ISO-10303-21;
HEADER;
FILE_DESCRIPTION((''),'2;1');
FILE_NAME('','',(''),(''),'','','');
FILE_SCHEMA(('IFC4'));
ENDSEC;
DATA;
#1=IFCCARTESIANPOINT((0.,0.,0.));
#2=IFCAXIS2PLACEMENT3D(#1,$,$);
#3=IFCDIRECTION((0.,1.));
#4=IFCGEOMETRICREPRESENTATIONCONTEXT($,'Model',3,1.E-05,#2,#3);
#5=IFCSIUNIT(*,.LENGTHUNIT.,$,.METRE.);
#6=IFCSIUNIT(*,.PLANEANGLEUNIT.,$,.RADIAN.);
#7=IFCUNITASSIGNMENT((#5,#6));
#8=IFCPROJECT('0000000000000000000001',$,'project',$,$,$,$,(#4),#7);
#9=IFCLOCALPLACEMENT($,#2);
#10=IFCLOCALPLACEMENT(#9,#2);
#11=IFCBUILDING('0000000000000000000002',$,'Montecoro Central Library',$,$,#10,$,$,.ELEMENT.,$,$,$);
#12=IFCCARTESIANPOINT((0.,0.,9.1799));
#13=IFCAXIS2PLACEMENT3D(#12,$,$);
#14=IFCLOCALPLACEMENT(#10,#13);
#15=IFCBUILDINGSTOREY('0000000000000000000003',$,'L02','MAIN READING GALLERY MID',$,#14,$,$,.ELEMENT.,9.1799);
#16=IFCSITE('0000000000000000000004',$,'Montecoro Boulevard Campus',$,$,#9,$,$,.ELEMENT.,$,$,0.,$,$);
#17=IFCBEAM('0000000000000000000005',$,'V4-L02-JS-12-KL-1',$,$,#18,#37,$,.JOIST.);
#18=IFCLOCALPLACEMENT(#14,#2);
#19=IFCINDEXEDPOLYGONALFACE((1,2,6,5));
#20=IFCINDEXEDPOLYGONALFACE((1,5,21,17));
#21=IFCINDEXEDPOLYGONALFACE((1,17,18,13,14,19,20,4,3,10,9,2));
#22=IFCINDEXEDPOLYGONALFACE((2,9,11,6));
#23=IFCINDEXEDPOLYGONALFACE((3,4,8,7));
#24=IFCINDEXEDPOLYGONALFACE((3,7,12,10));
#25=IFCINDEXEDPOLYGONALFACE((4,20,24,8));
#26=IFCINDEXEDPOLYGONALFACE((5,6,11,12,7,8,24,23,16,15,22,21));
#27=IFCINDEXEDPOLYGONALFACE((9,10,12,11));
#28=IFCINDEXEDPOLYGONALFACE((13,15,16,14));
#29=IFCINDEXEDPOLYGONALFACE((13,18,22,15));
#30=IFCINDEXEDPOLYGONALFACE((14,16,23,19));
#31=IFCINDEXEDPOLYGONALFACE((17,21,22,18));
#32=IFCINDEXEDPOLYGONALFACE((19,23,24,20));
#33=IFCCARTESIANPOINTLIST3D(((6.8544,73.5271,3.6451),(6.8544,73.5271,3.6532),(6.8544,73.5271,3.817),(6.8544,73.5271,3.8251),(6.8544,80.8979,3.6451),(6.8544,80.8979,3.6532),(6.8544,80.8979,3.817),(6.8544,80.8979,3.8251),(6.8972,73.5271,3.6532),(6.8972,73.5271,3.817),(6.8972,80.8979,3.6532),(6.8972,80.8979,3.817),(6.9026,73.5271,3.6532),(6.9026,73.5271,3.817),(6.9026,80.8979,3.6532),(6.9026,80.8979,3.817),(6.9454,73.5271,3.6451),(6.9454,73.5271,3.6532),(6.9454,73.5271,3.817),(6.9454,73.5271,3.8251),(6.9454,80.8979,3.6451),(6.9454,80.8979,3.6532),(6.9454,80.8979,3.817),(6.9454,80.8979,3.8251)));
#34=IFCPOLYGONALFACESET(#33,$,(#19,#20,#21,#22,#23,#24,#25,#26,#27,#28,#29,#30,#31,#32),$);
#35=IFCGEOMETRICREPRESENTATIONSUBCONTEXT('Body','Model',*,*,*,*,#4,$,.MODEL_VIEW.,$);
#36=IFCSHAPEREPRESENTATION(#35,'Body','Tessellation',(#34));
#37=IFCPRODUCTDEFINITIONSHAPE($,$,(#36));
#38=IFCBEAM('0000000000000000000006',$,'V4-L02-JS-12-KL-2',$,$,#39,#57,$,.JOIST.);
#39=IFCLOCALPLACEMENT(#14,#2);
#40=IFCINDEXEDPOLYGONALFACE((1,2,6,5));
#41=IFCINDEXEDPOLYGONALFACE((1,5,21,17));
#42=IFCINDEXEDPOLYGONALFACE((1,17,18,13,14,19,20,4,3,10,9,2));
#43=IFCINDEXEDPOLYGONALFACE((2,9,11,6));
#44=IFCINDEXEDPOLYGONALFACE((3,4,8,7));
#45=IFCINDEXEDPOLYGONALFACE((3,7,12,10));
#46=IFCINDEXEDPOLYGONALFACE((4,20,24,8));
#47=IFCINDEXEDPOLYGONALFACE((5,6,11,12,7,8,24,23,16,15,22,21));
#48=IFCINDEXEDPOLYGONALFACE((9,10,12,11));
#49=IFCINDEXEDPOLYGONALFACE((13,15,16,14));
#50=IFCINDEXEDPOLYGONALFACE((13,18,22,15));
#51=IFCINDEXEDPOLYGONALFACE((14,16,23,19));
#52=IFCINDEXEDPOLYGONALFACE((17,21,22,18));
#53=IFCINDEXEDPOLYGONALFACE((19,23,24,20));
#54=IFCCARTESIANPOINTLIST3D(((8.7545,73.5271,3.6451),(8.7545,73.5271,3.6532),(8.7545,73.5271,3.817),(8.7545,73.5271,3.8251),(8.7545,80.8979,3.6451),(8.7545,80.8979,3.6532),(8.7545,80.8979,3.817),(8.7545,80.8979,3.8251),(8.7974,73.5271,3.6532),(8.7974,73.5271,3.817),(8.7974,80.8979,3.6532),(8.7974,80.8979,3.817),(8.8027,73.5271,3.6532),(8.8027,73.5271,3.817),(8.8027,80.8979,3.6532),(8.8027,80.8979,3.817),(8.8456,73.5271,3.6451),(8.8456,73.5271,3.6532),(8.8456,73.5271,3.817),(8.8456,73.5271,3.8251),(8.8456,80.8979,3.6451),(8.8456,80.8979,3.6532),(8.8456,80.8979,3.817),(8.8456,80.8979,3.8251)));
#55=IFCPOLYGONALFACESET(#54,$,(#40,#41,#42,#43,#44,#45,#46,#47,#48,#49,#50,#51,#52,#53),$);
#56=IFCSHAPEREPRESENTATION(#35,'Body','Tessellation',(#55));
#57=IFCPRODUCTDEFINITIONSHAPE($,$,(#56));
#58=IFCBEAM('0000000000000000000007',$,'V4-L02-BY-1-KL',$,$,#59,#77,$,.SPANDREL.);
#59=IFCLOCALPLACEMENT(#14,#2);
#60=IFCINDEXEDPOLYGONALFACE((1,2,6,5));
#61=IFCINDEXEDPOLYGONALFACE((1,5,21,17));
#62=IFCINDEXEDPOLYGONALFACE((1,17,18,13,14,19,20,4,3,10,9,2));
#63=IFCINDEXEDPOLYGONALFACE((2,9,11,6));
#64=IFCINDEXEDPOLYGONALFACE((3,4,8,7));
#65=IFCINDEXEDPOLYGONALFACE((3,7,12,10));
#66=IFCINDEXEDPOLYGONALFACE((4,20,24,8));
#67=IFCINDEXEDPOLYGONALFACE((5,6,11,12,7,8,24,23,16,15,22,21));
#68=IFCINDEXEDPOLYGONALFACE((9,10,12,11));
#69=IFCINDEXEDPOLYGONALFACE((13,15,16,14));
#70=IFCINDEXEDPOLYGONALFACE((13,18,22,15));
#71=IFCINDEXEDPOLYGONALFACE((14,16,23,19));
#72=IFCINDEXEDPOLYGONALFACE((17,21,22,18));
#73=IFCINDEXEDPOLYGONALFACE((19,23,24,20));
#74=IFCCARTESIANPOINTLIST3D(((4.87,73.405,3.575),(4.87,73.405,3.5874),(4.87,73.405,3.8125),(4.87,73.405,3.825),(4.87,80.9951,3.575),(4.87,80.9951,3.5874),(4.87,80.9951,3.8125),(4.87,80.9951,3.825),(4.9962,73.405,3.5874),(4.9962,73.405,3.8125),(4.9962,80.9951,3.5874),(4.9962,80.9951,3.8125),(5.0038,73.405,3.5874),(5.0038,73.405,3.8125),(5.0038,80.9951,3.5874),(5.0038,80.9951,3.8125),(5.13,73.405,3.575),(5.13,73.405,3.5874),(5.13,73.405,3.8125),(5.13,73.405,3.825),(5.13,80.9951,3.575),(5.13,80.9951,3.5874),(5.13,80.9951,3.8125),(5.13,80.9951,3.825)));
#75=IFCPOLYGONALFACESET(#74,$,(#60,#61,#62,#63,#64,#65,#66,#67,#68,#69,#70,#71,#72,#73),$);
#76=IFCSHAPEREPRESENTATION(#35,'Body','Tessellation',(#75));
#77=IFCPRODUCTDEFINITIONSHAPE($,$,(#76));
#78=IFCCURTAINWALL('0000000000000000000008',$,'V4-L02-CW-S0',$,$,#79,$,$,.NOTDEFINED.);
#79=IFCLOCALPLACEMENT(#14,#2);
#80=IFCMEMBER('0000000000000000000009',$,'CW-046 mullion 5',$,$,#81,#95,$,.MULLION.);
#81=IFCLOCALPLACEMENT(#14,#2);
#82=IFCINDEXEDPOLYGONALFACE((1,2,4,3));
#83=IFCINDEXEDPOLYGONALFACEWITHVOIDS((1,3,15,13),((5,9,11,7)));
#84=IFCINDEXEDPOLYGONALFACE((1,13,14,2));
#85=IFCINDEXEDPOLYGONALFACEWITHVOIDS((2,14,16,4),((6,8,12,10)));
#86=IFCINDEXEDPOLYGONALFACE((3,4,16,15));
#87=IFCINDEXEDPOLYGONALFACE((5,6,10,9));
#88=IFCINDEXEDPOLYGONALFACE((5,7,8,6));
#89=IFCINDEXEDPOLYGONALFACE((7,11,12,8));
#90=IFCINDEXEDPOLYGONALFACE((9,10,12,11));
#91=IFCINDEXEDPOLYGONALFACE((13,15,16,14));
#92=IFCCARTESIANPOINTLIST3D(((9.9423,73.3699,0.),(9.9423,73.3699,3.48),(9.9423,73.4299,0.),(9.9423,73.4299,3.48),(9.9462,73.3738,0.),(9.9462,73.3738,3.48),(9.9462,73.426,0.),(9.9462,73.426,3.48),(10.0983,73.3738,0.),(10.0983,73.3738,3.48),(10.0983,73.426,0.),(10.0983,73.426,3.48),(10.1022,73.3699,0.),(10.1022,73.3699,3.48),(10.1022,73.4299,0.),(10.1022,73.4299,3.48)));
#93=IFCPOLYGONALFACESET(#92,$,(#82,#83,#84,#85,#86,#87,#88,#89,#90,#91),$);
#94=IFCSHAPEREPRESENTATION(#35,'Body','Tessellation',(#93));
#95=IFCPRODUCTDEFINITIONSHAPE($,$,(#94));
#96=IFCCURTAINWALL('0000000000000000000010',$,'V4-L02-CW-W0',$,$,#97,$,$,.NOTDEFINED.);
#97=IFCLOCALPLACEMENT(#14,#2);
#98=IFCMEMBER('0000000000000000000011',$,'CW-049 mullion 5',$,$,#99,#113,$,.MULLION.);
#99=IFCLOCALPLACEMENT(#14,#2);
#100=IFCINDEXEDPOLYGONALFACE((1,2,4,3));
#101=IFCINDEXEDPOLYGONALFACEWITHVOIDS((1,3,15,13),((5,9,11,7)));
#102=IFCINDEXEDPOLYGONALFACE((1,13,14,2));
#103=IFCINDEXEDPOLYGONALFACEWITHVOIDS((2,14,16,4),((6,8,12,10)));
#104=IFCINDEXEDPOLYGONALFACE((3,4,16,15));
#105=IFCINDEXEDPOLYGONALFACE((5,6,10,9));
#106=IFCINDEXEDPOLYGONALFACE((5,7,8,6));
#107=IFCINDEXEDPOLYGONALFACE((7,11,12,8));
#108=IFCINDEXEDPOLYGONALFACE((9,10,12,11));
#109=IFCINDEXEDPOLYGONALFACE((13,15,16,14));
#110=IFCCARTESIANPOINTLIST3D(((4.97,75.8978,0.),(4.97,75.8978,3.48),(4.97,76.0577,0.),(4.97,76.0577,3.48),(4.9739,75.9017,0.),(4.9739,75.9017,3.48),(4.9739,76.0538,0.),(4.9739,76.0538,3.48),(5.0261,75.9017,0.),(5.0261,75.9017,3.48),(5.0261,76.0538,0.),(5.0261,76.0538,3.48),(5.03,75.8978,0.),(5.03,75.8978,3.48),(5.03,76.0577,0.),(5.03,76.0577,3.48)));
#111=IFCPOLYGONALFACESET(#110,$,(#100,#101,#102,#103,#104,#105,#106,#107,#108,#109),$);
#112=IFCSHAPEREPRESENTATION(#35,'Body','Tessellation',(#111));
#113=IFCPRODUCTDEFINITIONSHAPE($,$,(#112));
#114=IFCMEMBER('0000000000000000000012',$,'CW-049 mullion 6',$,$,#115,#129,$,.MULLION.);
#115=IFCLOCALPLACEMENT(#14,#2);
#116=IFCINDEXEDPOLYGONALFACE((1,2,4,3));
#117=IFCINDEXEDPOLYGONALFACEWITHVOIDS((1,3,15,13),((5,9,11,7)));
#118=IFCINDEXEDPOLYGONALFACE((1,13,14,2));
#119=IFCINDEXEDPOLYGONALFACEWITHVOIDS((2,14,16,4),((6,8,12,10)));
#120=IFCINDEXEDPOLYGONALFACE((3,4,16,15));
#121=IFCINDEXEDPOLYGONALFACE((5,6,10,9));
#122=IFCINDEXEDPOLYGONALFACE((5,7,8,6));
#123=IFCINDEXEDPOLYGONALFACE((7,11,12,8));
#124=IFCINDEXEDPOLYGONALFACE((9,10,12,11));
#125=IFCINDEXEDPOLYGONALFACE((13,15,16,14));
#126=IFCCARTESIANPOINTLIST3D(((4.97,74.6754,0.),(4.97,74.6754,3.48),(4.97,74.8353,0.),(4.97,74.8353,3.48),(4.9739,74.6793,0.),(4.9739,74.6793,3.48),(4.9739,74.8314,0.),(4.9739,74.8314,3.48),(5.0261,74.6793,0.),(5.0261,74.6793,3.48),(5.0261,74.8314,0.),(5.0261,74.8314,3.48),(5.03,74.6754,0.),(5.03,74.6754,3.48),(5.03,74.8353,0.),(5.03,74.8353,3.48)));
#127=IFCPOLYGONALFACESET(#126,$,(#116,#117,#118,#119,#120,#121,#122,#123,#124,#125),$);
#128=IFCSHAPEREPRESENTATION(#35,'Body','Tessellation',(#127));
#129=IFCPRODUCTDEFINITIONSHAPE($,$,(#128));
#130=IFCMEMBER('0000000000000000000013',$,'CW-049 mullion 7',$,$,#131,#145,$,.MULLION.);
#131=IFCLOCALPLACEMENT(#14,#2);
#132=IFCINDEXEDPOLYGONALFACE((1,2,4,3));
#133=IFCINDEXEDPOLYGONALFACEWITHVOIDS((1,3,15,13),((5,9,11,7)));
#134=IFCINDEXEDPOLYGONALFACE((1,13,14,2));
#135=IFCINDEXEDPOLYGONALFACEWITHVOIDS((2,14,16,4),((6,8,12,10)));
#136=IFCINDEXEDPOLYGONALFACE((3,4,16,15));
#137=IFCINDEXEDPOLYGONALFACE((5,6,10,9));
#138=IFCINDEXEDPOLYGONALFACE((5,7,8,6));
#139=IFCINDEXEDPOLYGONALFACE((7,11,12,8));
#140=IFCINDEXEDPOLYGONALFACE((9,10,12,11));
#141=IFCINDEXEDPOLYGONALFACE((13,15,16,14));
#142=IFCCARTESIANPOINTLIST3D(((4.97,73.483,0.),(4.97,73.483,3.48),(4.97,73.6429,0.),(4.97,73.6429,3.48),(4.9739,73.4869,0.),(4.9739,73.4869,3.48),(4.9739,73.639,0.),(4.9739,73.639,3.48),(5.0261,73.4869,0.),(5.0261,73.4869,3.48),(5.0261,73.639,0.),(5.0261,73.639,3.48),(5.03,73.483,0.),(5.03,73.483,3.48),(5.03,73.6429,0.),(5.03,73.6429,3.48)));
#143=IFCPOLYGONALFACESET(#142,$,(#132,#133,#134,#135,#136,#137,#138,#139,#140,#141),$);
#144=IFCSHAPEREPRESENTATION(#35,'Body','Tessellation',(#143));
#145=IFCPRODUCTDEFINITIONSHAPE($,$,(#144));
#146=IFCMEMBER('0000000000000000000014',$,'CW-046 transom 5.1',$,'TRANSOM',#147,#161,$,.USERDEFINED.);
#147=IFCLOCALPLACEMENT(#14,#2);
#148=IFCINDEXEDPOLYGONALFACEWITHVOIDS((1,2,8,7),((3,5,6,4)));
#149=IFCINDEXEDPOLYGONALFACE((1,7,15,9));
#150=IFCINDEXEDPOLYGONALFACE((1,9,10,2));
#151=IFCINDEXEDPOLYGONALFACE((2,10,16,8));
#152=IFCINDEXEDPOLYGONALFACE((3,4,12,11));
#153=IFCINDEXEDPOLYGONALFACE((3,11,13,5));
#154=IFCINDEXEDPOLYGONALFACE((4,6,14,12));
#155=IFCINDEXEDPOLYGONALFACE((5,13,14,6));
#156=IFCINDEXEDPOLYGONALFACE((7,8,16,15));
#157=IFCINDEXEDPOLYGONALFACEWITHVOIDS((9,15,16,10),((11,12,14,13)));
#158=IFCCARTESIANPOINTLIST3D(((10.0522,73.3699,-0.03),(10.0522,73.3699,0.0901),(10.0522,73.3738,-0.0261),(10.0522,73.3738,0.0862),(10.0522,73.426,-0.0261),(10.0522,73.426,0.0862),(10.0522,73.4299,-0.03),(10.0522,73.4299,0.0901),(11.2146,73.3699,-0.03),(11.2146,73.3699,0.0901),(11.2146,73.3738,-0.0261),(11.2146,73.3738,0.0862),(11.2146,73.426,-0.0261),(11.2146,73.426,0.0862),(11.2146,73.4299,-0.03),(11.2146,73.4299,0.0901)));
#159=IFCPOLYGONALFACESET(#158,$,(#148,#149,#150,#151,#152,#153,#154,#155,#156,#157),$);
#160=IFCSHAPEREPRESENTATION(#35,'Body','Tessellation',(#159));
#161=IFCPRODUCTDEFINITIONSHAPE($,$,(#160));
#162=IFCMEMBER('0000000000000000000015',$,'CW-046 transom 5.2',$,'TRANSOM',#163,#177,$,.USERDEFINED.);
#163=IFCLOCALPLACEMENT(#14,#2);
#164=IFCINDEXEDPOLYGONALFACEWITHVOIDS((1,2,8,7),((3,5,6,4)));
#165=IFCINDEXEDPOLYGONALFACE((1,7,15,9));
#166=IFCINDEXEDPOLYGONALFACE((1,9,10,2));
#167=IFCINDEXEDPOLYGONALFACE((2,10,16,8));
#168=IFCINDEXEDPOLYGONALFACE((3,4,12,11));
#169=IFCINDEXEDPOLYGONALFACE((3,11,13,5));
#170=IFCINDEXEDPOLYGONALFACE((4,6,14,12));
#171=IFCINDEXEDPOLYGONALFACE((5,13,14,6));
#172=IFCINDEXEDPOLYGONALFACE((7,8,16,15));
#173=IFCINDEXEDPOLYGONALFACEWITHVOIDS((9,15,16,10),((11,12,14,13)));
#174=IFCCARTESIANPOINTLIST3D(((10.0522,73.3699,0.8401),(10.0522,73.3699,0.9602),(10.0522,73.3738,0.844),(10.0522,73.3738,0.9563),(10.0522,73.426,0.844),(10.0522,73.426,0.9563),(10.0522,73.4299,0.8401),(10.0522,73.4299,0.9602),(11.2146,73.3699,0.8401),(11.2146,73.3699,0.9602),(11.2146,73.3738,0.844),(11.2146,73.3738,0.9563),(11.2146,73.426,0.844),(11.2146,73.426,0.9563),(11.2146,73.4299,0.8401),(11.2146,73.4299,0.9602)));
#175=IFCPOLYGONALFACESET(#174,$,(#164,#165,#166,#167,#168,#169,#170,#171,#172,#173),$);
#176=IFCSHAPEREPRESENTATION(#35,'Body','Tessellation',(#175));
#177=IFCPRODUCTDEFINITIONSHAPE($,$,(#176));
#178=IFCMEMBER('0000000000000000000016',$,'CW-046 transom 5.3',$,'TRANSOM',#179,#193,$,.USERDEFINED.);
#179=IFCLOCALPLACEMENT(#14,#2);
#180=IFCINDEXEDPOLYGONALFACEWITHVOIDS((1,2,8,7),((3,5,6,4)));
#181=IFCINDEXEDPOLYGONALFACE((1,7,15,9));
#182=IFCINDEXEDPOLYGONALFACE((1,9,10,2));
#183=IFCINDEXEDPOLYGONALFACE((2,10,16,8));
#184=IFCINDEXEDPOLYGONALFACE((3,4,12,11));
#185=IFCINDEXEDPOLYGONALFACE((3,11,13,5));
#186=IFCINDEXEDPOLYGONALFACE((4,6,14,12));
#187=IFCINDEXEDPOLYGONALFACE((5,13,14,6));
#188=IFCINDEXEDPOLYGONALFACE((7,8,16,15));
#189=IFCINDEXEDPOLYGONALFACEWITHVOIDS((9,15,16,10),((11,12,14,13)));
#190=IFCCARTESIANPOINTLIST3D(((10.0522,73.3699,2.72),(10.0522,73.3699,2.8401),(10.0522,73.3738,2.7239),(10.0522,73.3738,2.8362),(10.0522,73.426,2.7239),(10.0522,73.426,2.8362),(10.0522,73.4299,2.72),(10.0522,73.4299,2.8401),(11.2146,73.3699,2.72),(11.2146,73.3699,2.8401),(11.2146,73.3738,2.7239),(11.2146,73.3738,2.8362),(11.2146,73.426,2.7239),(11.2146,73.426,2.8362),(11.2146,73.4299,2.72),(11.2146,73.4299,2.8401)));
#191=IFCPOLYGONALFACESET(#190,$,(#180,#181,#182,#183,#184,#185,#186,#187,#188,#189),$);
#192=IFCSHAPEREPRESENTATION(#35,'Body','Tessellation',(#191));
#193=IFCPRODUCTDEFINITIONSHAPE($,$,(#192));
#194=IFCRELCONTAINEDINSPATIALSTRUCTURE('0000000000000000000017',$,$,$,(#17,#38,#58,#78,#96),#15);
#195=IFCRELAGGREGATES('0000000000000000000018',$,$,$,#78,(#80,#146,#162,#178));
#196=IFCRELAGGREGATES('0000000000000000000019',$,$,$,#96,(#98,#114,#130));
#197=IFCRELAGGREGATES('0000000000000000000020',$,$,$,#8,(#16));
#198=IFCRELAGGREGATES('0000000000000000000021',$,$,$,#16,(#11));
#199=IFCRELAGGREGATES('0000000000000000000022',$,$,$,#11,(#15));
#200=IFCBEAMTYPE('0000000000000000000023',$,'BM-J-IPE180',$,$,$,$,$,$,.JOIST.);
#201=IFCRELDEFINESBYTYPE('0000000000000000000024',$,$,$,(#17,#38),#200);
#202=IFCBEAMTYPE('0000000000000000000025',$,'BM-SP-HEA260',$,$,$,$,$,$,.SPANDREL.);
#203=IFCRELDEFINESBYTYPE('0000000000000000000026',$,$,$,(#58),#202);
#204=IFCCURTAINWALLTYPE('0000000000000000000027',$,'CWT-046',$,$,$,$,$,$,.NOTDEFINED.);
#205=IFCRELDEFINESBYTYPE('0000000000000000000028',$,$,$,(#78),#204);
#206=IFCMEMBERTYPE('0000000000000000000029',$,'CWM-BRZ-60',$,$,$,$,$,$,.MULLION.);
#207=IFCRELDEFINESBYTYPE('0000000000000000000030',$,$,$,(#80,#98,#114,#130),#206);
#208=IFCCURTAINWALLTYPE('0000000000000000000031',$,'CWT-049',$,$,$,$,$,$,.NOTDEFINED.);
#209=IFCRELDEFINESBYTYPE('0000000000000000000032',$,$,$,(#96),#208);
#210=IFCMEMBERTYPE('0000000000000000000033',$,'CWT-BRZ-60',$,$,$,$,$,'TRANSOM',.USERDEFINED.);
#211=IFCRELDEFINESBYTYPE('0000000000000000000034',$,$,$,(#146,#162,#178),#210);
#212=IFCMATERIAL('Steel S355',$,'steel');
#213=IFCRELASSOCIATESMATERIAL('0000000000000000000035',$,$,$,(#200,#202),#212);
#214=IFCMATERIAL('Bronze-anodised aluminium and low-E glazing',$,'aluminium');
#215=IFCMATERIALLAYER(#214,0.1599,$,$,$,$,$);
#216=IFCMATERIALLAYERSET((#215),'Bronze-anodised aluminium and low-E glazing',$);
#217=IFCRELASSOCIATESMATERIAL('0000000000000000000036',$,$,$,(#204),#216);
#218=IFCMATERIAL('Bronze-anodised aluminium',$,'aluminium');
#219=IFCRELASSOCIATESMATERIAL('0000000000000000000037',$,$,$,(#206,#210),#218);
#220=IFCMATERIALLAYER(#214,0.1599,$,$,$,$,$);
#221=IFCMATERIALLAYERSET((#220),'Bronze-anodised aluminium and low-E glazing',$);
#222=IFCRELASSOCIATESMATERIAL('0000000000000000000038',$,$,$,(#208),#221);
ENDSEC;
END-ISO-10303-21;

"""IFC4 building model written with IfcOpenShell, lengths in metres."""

from ifc_helpers import new_model, si_unit, direction, frame, origin, origin_2d, place, context, subcontext, project, spatial, hollow_rectangle, i_section, extrude, material, layer, layer_set, material_profile, profile_set, type_object, element, aggregate, save


model = new_model("IFC4")

# Units and contexts
model_context = context("Model", 3, precision=1e-05, world=origin(), true_north=direction((0.0, 1.0)))
body_context = subcontext(model_context, "Body", "Model", "MODEL_VIEW")
ifc_project = project(units=[si_unit("LENGTHUNIT", "METRE"), si_unit("PLANEANGLEUNIT", "RADIAN")], contexts=[model_context])

# Site, building, storey
site_placement = place(None, origin())
site = spatial("IfcSite", under=ifc_project, at=site_placement, Name="Montecoro Boulevard Campus", CompositionType="ELEMENT", RefElevation=0.0)
building_placement = place(site_placement, origin())
building = spatial("IfcBuilding", under=site, at=building_placement, Name="Montecoro Central Library", CompositionType="ELEMENT")
storey_placement = place(building_placement, frame((0.0, 0.0, 9.1799)))
storey = spatial("IfcBuildingStorey", under=building, at=storey_placement, Name="L02", Description="MAIN READING GALLERY MID", CompositionType="ELEMENT", Elevation=9.1799)

# Beams
ifc_material_1 = material(Name="Steel S355", Category="steel")
ifc_material_profile_1 = material_profile(ifc_material_1, i_section(OverallWidth=0.0911, OverallDepth=0.1799, WebThickness=0.0054, FlangeThickness=0.0081, at=origin_2d()), Name="IPE 180")
ifc_profile_set_1 = profile_set([ifc_material_profile_1], Name="Steel S355")
beam_type_1 = type_object("IfcBeamType", Name="BM-J-IPE180", PredefinedType="JOIST", material=ifc_profile_set_1)
for number, where, z_axis, x_axis, name in (
    (1, (6.8999, 73.5271, 3.7351), (0.0, 1.0, 0.0), (-1.0, 0.0, 0.0), "V4-L02-JS-12-KL-1"),
    (2, (8.8, 73.5271, 3.7351), (0.0, 1.0, 0.0), (-1.0, 0.0, 0.0), "V4-L02-JS-12-KL-2"),
):
    element("IfcBeam", number, at=place(storey_placement, frame(where, z_axis=z_axis, x_axis=x_axis)), inside=storey, type_object=beam_type_1, Name=name, PredefinedType="JOIST", context=body_context, shape_type="SweptSolid", body=[
        extrude(i_section(OverallWidth=0.0911, OverallDepth=0.1799, WebThickness=0.0054, FlangeThickness=0.0081, at=origin_2d()), origin(), (0.0, 0.0, 1.0), 7.3708),
    ])
ifc_material_profile_2 = material_profile(ifc_material_1, i_section(OverallWidth=0.26, OverallDepth=0.25, WebThickness=0.0076, FlangeThickness=0.0125, at=origin_2d()), Name="HEA 260")
ifc_profile_set_2 = profile_set([ifc_material_profile_2], Name="Steel S355")
beam_type_2 = type_object("IfcBeamType", Name="BM-SP-HEA260", PredefinedType="SPANDREL", material=ifc_profile_set_2)
beam_placement = place(storey_placement, frame((5.0, 73.405, 3.7), z_axis=(0.0, 1.0, 0.0), x_axis=(-1.0, 0.0, 0.0)))
element("IfcBeam", 3, at=beam_placement, inside=storey, type_object=beam_type_2, Name="V4-L02-BY-1-KL", PredefinedType="SPANDREL", context=body_context, shape_type="SweptSolid", body=[
    extrude(i_section(OverallWidth=0.26, OverallDepth=0.25, WebThickness=0.0076, FlangeThickness=0.0125, at=origin_2d()), origin(), (0.0, 0.0, 1.0), 7.5901),
])

# Curtain wall, member
ifc_material_2 = material(Name="Bronze-anodised aluminium and low-E glazing", Category="aluminium")
ifc_layer_1 = layer(ifc_material_2, 0.1599)
ifc_layer_set_1 = layer_set([ifc_layer_1], Name="Bronze-anodised aluminium and low-E glazing")
curtain_wall_type_1 = type_object("IfcCurtainWallType", Name="CWT-046", PredefinedType="NOTDEFINED", material=ifc_layer_set_1)
curtain_wall_1_placement = place(storey_placement, origin())
curtain_wall_1 = element("IfcCurtainWall", 4, at=curtain_wall_1_placement, inside=storey, type_object=curtain_wall_type_1, Name="V4-L02-CW-S0", PredefinedType="NOTDEFINED")
ifc_material_3 = material(Name="Bronze-anodised aluminium", Category="aluminium")
ifc_material_profile_3 = material_profile(ifc_material_3, hollow_rectangle(XDim=0.0601, YDim=0.1599, WallThickness=0.0039, at=origin_2d()), Name="CWM 160x60x4.0")
ifc_profile_set_3 = profile_set([ifc_material_profile_3], Name="Bronze-anodised aluminium")
member_type_1 = type_object("IfcMemberType", Name="CWM-BRZ-60", PredefinedType="MULLION", material=ifc_profile_set_3)
member_1_placement = place(storey_placement, frame((10.0222, 73.3999, 0.0), z_axis=(0.0, 0.0, 1.0), x_axis=(0.0, 1.0, 0.0)))
member_1 = element("IfcMember", 5, at=member_1_placement, type_object=member_type_1, Name="CW-046 mullion 5", PredefinedType="MULLION", context=body_context, shape_type="SweptSolid", body=[
    extrude(hollow_rectangle(XDim=0.0601, YDim=0.1599, WallThickness=0.0039, at=origin_2d()), origin(), (0.0, 0.0, 1.0), 3.48),
])

# Curtain wall, members
ifc_layer_2 = layer(ifc_material_2, 0.1599)
ifc_layer_set_2 = layer_set([ifc_layer_2], Name="Bronze-anodised aluminium and low-E glazing")
curtain_wall_type_2 = type_object("IfcCurtainWallType", Name="CWT-049", PredefinedType="NOTDEFINED", material=ifc_layer_set_2)
curtain_wall_2_placement = place(storey_placement, origin())
curtain_wall_2 = element("IfcCurtainWall", 6, at=curtain_wall_2_placement, inside=storey, type_object=curtain_wall_type_2, Name="V4-L02-CW-W0", PredefinedType="NOTDEFINED")
member_2_placement = place(storey_placement, frame((5.0, 75.9778, 0.0), z_axis=(0.0, 0.0, 1.0), x_axis=(1.0, 0.0, 0.0)))
member_2 = element("IfcMember", 7, at=member_2_placement, type_object=member_type_1, Name="CW-049 mullion 5", PredefinedType="MULLION", context=body_context, shape_type="SweptSolid", body=[
    extrude(hollow_rectangle(XDim=0.0601, YDim=0.1599, WallThickness=0.0039, at=origin_2d()), origin(), (0.0, 0.0, 1.0), 3.48),
])
member_3_placement = place(storey_placement, frame((5.0, 74.7554, 0.0), z_axis=(0.0, 0.0, 1.0), x_axis=(1.0, 0.0, 0.0)))
member_3 = element("IfcMember", 8, at=member_3_placement, type_object=member_type_1, Name="CW-049 mullion 6", PredefinedType="MULLION", context=body_context, shape_type="SweptSolid", body=[
    extrude(hollow_rectangle(XDim=0.0601, YDim=0.1599, WallThickness=0.0039, at=origin_2d()), origin(), (0.0, 0.0, 1.0), 3.48),
])
member_4_placement = place(storey_placement, frame((5.0, 73.563, 0.0), z_axis=(0.0, 0.0, 1.0), x_axis=(1.0, 0.0, 0.0)))
member_4 = element("IfcMember", 9, at=member_4_placement, type_object=member_type_1, Name="CW-049 mullion 7", PredefinedType="MULLION", context=body_context, shape_type="SweptSolid", body=[
    extrude(hollow_rectangle(XDim=0.0601, YDim=0.1599, WallThickness=0.0039, at=origin_2d()), origin(), (0.0, 0.0, 1.0), 3.48),
])

# Members
ifc_material_profile_4 = material_profile(ifc_material_3, hollow_rectangle(XDim=0.0601, YDim=0.1201, WallThickness=0.0039, at=origin_2d()), Name="CWT 120x60x4.0")
ifc_profile_set_4 = profile_set([ifc_material_profile_4], Name="Bronze-anodised aluminium")
member_type_2 = type_object("IfcMemberType", Name="CWT-BRZ-60", ElementType="TRANSOM", PredefinedType="USERDEFINED", material=ifc_profile_set_4)
member_5_placement = place(storey_placement, frame((10.0522, 73.3999, 0.03), z_axis=(1.0, 0.0, 0.0), x_axis=(0.0, 1.0, 0.0)))
member_5 = element("IfcMember", 10, at=member_5_placement, type_object=member_type_2, Name="CW-046 transom 5.1", ObjectType="TRANSOM", PredefinedType="USERDEFINED", context=body_context, shape_type="SweptSolid", body=[
    extrude(hollow_rectangle(XDim=0.0601, YDim=0.1201, WallThickness=0.0039, at=origin_2d()), origin(), (0.0, 0.0, 1.0), 1.1624),
])
member_6_placement = place(storey_placement, frame((10.0522, 73.3999, 0.9001), z_axis=(1.0, 0.0, 0.0), x_axis=(0.0, 1.0, 0.0)))
member_6 = element("IfcMember", 11, at=member_6_placement, type_object=member_type_2, Name="CW-046 transom 5.2", ObjectType="TRANSOM", PredefinedType="USERDEFINED", context=body_context, shape_type="SweptSolid", body=[
    extrude(hollow_rectangle(XDim=0.0601, YDim=0.1201, WallThickness=0.0039, at=origin_2d()), origin(), (0.0, 0.0, 1.0), 1.1624),
])
member_7_placement = place(storey_placement, frame((10.0522, 73.3999, 2.78), z_axis=(1.0, 0.0, 0.0), x_axis=(0.0, 1.0, 0.0)))
member_7 = element("IfcMember", 12, at=member_7_placement, type_object=member_type_2, Name="CW-046 transom 5.3", ObjectType="TRANSOM", PredefinedType="USERDEFINED", context=body_context, shape_type="SweptSolid", body=[
    extrude(hollow_rectangle(XDim=0.0601, YDim=0.1201, WallThickness=0.0039, at=origin_2d()), origin(), (0.0, 0.0, 1.0), 1.1624),
])

aggregate(curtain_wall_1, [member_1, member_5, member_6, member_7])
aggregate(curtain_wall_2, [member_2, member_3, member_4])

save(model, "model.ifc")
